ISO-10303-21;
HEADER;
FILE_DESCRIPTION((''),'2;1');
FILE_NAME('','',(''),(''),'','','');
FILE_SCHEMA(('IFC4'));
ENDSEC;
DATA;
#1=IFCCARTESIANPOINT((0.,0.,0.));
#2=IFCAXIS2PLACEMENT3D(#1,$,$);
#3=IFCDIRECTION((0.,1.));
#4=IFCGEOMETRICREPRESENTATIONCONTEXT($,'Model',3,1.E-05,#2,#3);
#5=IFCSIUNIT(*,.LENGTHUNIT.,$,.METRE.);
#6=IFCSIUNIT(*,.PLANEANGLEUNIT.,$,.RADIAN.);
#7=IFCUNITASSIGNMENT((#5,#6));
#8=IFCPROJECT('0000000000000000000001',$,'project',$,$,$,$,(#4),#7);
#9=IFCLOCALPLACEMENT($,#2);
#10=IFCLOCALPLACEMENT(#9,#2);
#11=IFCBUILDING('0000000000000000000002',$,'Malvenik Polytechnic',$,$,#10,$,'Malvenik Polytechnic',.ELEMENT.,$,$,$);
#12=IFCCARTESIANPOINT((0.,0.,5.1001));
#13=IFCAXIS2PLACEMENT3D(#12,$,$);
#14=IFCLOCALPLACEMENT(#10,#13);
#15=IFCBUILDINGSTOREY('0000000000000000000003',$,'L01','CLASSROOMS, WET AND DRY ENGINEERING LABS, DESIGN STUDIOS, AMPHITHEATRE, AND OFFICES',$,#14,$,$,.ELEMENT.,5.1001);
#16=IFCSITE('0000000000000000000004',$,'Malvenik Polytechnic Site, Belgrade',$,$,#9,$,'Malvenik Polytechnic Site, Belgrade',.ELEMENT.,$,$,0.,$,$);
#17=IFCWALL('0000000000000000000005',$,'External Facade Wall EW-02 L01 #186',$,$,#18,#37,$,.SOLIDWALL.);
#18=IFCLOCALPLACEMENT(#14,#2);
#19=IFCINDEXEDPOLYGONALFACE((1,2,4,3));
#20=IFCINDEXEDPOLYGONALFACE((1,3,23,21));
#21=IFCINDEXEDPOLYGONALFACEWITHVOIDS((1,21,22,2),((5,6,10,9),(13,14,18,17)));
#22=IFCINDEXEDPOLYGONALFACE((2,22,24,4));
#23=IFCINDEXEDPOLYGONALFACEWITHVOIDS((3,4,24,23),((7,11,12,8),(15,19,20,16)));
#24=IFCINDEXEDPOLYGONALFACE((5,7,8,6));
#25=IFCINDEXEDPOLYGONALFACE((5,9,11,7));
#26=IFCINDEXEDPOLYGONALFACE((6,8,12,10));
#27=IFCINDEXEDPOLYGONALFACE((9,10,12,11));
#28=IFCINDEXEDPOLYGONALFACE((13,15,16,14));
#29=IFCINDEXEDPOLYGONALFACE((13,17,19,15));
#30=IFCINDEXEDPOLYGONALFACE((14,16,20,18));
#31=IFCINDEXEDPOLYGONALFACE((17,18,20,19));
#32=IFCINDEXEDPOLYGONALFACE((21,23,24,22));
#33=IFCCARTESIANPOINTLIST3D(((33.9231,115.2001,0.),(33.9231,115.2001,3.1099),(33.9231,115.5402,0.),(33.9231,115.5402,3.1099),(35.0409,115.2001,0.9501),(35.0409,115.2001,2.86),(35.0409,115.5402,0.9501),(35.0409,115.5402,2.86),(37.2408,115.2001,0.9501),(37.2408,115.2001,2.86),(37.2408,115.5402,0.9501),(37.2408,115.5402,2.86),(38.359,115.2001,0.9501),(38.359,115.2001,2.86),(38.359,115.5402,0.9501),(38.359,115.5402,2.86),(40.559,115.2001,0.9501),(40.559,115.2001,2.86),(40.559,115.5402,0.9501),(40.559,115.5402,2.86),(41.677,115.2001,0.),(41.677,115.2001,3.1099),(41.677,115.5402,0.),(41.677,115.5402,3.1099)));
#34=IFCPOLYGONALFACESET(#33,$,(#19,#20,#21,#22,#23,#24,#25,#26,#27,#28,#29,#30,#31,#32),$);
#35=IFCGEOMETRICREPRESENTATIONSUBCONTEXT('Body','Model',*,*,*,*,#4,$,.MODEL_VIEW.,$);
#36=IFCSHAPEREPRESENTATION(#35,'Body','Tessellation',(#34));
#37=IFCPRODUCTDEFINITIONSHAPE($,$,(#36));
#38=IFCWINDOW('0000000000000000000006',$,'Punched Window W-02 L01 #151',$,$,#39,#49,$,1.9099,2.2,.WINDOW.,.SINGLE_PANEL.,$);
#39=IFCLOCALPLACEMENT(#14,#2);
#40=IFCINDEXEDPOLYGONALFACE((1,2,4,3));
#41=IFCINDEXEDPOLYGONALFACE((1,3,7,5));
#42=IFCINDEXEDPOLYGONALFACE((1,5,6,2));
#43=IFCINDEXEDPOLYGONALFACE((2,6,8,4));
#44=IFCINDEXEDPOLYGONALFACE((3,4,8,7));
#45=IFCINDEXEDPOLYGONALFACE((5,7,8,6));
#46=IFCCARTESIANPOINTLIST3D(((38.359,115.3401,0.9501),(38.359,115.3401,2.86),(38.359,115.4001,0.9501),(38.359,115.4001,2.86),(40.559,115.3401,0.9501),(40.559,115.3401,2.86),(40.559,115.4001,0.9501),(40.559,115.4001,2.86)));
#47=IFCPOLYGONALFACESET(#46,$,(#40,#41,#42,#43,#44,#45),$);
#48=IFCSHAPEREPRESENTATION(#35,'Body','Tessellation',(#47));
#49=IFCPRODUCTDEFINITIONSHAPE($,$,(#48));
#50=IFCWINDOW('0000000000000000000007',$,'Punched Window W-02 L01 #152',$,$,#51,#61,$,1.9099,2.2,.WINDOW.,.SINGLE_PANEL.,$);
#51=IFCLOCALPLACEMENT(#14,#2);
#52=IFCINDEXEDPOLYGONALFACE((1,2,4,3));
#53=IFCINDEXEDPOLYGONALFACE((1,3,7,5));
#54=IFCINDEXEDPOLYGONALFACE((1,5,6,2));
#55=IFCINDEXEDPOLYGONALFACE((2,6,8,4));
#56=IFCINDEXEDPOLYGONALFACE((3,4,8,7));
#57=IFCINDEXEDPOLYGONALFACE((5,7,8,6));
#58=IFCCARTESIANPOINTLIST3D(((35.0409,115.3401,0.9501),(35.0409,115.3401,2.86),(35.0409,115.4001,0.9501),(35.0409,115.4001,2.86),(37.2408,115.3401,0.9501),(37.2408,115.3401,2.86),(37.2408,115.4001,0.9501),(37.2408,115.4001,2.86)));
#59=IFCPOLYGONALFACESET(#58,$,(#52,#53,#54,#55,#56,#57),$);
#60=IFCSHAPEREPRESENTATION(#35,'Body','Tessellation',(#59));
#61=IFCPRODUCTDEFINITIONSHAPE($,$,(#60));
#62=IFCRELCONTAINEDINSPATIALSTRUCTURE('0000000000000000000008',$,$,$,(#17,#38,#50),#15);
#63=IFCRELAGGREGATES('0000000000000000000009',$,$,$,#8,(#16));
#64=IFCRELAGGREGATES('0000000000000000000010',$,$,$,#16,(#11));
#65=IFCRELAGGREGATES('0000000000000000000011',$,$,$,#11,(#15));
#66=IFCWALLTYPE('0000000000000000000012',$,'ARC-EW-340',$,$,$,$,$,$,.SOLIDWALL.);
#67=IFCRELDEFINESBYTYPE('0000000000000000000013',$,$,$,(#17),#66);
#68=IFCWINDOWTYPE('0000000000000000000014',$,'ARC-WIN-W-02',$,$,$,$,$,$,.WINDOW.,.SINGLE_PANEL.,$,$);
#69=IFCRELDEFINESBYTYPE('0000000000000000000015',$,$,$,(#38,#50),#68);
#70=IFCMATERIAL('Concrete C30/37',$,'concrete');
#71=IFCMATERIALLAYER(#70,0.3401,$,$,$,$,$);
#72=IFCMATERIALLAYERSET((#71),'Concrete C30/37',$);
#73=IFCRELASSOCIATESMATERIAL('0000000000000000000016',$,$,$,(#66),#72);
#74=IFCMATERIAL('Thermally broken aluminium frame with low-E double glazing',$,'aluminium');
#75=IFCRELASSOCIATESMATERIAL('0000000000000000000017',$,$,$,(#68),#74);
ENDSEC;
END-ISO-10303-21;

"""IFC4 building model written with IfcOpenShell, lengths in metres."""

from ifc_helpers import new_model, si_unit, direction, frame, frame_2d, origin, place, context, subcontext, project, spatial, rectangle, extrude, material, layer, layer_set, type_object, element, fill, save


model = new_model("IFC4")

# Units and contexts
model_context = context("Model", 3, precision=1e-05, world=origin(), true_north=direction((0.0, 1.0)))
body_context = subcontext(model_context, "Body", "Model", "MODEL_VIEW")
ifc_project = project(units=[si_unit("LENGTHUNIT", "METRE"), si_unit("PLANEANGLEUNIT", "RADIAN")], contexts=[model_context])

# Site, building, storey
site_placement = place(None, origin())
site = spatial("IfcSite", under=ifc_project, at=site_placement, Name="Malvenik Polytechnic Site, Belgrade", LongName="Malvenik Polytechnic Site, Belgrade", CompositionType="ELEMENT", RefElevation=0.0)
building_placement = place(site_placement, origin())
building = spatial("IfcBuilding", under=site, at=building_placement, Name="Malvenik Polytechnic", LongName="Malvenik Polytechnic", CompositionType="ELEMENT")
storey_placement = place(building_placement, frame((0.0, 0.0, 5.1001)))
storey = spatial("IfcBuildingStorey", under=building, at=storey_placement, Name="L01", Description="CLASSROOMS, WET AND DRY ENGINEERING LABS, DESIGN STUDIOS, AMPHITHEATRE, AND OFFICES", CompositionType="ELEMENT", Elevation=5.1001)

# Wall, openings, windows
ifc_material_1 = material(Name="Concrete C30/37", Category="concrete")
ifc_layer_1 = layer(ifc_material_1, 0.3401)
ifc_layer_set_1 = layer_set([ifc_layer_1], Name="Concrete C30/37")
wall_type = type_object("IfcWallType", Name="ARC-EW-340", PredefinedType="SOLIDWALL", material=ifc_layer_set_1)
wall_placement = place(storey_placement, frame((41.677, 115.3701, 0.0), z_axis=(0.0, 0.0, 1.0), x_axis=(-1.0, 0.0, 0.0)))
wall = element("IfcWall", 1, at=wall_placement, inside=storey, type_object=wall_type, Name="External Facade Wall EW-02 L01 #186", PredefinedType="SOLIDWALL", context=body_context, shape_type="SweptSolid", body=[
    extrude(rectangle(XDim=7.7539, YDim=0.3401, at=frame_2d((3.877, 0.0))), origin(), (0.0, 0.0, 1.0), 3.1099),
])
opening_1_placement = place(wall_placement, frame((1.1179, 0.0, 0.95)))
opening_1 = element("IfcOpeningElement", 2, at=opening_1_placement, cuts=wall, PredefinedType="OPENING", context=body_context, shape_type="SweptSolid", body=[
    extrude(rectangle(XDim=2.2, YDim=1.9099, at=frame_2d((1.1001, 0.9551))), frame((0.0, 0.1802, 0.0), z_axis=(0.0, -1.0, 0.0), x_axis=(1.0, 0.0, 0.0)), (0.0, 0.0, 1.0), 0.3601),
])
opening_2_placement = place(wall_placement, frame((4.436, 0.0, 0.95)))
opening_2 = element("IfcOpeningElement", 3, at=opening_2_placement, cuts=wall, PredefinedType="OPENING", context=body_context, shape_type="SweptSolid", body=[
    extrude(rectangle(XDim=2.2, YDim=1.9099, at=frame_2d((1.1001, 0.9551))), frame((0.0, 0.1802, 0.0), z_axis=(0.0, -1.0, 0.0), x_axis=(1.0, 0.0, 0.0)), (0.0, 0.0, 1.0), 0.3601),
])
ifc_material_2 = material(Name="Thermally broken aluminium frame with low-E double glazing", Category="aluminium")
window_type = type_object("IfcWindowType", Name="ARC-WIN-W-02", PartitioningType="SINGLE_PANEL", PredefinedType="WINDOW", material=ifc_material_2)
window_1_placement = place(opening_1_placement, origin())
window_1 = element("IfcWindow", 4, at=window_1_placement, inside=storey, type_object=window_type, Name="Punched Window W-02 L01 #151", OverallHeight=1.9099, OverallWidth=2.2, PartitioningType="SINGLE_PANEL", PredefinedType="WINDOW", context=body_context, shape_type="SweptSolid", body=[
    extrude(rectangle(XDim=2.2, YDim=1.9099, at=frame_2d((1.1001, 0.9551))), frame((0.0, 0.03, 0.0), z_axis=(0.0, -1.0, 0.0), x_axis=(1.0, 0.0, 0.0)), (0.0, 0.0, 1.0), 0.0601),
])
fill(opening_1, window_1)
window_2_placement = place(opening_2_placement, origin())
window_2 = element("IfcWindow", 5, at=window_2_placement, inside=storey, type_object=window_type, Name="Punched Window W-02 L01 #152", OverallHeight=1.9099, OverallWidth=2.2, PartitioningType="SINGLE_PANEL", PredefinedType="WINDOW", context=body_context, shape_type="SweptSolid", body=[
    extrude(rectangle(XDim=2.2, YDim=1.9099, at=frame_2d((1.1001, 0.9551))), frame((0.0, 0.03, 0.0), z_axis=(0.0, -1.0, 0.0), x_axis=(1.0, 0.0, 0.0)), (0.0, 0.0, 1.0), 0.0601),
])
fill(opening_2, window_2)

save(model, "model.ifc")
